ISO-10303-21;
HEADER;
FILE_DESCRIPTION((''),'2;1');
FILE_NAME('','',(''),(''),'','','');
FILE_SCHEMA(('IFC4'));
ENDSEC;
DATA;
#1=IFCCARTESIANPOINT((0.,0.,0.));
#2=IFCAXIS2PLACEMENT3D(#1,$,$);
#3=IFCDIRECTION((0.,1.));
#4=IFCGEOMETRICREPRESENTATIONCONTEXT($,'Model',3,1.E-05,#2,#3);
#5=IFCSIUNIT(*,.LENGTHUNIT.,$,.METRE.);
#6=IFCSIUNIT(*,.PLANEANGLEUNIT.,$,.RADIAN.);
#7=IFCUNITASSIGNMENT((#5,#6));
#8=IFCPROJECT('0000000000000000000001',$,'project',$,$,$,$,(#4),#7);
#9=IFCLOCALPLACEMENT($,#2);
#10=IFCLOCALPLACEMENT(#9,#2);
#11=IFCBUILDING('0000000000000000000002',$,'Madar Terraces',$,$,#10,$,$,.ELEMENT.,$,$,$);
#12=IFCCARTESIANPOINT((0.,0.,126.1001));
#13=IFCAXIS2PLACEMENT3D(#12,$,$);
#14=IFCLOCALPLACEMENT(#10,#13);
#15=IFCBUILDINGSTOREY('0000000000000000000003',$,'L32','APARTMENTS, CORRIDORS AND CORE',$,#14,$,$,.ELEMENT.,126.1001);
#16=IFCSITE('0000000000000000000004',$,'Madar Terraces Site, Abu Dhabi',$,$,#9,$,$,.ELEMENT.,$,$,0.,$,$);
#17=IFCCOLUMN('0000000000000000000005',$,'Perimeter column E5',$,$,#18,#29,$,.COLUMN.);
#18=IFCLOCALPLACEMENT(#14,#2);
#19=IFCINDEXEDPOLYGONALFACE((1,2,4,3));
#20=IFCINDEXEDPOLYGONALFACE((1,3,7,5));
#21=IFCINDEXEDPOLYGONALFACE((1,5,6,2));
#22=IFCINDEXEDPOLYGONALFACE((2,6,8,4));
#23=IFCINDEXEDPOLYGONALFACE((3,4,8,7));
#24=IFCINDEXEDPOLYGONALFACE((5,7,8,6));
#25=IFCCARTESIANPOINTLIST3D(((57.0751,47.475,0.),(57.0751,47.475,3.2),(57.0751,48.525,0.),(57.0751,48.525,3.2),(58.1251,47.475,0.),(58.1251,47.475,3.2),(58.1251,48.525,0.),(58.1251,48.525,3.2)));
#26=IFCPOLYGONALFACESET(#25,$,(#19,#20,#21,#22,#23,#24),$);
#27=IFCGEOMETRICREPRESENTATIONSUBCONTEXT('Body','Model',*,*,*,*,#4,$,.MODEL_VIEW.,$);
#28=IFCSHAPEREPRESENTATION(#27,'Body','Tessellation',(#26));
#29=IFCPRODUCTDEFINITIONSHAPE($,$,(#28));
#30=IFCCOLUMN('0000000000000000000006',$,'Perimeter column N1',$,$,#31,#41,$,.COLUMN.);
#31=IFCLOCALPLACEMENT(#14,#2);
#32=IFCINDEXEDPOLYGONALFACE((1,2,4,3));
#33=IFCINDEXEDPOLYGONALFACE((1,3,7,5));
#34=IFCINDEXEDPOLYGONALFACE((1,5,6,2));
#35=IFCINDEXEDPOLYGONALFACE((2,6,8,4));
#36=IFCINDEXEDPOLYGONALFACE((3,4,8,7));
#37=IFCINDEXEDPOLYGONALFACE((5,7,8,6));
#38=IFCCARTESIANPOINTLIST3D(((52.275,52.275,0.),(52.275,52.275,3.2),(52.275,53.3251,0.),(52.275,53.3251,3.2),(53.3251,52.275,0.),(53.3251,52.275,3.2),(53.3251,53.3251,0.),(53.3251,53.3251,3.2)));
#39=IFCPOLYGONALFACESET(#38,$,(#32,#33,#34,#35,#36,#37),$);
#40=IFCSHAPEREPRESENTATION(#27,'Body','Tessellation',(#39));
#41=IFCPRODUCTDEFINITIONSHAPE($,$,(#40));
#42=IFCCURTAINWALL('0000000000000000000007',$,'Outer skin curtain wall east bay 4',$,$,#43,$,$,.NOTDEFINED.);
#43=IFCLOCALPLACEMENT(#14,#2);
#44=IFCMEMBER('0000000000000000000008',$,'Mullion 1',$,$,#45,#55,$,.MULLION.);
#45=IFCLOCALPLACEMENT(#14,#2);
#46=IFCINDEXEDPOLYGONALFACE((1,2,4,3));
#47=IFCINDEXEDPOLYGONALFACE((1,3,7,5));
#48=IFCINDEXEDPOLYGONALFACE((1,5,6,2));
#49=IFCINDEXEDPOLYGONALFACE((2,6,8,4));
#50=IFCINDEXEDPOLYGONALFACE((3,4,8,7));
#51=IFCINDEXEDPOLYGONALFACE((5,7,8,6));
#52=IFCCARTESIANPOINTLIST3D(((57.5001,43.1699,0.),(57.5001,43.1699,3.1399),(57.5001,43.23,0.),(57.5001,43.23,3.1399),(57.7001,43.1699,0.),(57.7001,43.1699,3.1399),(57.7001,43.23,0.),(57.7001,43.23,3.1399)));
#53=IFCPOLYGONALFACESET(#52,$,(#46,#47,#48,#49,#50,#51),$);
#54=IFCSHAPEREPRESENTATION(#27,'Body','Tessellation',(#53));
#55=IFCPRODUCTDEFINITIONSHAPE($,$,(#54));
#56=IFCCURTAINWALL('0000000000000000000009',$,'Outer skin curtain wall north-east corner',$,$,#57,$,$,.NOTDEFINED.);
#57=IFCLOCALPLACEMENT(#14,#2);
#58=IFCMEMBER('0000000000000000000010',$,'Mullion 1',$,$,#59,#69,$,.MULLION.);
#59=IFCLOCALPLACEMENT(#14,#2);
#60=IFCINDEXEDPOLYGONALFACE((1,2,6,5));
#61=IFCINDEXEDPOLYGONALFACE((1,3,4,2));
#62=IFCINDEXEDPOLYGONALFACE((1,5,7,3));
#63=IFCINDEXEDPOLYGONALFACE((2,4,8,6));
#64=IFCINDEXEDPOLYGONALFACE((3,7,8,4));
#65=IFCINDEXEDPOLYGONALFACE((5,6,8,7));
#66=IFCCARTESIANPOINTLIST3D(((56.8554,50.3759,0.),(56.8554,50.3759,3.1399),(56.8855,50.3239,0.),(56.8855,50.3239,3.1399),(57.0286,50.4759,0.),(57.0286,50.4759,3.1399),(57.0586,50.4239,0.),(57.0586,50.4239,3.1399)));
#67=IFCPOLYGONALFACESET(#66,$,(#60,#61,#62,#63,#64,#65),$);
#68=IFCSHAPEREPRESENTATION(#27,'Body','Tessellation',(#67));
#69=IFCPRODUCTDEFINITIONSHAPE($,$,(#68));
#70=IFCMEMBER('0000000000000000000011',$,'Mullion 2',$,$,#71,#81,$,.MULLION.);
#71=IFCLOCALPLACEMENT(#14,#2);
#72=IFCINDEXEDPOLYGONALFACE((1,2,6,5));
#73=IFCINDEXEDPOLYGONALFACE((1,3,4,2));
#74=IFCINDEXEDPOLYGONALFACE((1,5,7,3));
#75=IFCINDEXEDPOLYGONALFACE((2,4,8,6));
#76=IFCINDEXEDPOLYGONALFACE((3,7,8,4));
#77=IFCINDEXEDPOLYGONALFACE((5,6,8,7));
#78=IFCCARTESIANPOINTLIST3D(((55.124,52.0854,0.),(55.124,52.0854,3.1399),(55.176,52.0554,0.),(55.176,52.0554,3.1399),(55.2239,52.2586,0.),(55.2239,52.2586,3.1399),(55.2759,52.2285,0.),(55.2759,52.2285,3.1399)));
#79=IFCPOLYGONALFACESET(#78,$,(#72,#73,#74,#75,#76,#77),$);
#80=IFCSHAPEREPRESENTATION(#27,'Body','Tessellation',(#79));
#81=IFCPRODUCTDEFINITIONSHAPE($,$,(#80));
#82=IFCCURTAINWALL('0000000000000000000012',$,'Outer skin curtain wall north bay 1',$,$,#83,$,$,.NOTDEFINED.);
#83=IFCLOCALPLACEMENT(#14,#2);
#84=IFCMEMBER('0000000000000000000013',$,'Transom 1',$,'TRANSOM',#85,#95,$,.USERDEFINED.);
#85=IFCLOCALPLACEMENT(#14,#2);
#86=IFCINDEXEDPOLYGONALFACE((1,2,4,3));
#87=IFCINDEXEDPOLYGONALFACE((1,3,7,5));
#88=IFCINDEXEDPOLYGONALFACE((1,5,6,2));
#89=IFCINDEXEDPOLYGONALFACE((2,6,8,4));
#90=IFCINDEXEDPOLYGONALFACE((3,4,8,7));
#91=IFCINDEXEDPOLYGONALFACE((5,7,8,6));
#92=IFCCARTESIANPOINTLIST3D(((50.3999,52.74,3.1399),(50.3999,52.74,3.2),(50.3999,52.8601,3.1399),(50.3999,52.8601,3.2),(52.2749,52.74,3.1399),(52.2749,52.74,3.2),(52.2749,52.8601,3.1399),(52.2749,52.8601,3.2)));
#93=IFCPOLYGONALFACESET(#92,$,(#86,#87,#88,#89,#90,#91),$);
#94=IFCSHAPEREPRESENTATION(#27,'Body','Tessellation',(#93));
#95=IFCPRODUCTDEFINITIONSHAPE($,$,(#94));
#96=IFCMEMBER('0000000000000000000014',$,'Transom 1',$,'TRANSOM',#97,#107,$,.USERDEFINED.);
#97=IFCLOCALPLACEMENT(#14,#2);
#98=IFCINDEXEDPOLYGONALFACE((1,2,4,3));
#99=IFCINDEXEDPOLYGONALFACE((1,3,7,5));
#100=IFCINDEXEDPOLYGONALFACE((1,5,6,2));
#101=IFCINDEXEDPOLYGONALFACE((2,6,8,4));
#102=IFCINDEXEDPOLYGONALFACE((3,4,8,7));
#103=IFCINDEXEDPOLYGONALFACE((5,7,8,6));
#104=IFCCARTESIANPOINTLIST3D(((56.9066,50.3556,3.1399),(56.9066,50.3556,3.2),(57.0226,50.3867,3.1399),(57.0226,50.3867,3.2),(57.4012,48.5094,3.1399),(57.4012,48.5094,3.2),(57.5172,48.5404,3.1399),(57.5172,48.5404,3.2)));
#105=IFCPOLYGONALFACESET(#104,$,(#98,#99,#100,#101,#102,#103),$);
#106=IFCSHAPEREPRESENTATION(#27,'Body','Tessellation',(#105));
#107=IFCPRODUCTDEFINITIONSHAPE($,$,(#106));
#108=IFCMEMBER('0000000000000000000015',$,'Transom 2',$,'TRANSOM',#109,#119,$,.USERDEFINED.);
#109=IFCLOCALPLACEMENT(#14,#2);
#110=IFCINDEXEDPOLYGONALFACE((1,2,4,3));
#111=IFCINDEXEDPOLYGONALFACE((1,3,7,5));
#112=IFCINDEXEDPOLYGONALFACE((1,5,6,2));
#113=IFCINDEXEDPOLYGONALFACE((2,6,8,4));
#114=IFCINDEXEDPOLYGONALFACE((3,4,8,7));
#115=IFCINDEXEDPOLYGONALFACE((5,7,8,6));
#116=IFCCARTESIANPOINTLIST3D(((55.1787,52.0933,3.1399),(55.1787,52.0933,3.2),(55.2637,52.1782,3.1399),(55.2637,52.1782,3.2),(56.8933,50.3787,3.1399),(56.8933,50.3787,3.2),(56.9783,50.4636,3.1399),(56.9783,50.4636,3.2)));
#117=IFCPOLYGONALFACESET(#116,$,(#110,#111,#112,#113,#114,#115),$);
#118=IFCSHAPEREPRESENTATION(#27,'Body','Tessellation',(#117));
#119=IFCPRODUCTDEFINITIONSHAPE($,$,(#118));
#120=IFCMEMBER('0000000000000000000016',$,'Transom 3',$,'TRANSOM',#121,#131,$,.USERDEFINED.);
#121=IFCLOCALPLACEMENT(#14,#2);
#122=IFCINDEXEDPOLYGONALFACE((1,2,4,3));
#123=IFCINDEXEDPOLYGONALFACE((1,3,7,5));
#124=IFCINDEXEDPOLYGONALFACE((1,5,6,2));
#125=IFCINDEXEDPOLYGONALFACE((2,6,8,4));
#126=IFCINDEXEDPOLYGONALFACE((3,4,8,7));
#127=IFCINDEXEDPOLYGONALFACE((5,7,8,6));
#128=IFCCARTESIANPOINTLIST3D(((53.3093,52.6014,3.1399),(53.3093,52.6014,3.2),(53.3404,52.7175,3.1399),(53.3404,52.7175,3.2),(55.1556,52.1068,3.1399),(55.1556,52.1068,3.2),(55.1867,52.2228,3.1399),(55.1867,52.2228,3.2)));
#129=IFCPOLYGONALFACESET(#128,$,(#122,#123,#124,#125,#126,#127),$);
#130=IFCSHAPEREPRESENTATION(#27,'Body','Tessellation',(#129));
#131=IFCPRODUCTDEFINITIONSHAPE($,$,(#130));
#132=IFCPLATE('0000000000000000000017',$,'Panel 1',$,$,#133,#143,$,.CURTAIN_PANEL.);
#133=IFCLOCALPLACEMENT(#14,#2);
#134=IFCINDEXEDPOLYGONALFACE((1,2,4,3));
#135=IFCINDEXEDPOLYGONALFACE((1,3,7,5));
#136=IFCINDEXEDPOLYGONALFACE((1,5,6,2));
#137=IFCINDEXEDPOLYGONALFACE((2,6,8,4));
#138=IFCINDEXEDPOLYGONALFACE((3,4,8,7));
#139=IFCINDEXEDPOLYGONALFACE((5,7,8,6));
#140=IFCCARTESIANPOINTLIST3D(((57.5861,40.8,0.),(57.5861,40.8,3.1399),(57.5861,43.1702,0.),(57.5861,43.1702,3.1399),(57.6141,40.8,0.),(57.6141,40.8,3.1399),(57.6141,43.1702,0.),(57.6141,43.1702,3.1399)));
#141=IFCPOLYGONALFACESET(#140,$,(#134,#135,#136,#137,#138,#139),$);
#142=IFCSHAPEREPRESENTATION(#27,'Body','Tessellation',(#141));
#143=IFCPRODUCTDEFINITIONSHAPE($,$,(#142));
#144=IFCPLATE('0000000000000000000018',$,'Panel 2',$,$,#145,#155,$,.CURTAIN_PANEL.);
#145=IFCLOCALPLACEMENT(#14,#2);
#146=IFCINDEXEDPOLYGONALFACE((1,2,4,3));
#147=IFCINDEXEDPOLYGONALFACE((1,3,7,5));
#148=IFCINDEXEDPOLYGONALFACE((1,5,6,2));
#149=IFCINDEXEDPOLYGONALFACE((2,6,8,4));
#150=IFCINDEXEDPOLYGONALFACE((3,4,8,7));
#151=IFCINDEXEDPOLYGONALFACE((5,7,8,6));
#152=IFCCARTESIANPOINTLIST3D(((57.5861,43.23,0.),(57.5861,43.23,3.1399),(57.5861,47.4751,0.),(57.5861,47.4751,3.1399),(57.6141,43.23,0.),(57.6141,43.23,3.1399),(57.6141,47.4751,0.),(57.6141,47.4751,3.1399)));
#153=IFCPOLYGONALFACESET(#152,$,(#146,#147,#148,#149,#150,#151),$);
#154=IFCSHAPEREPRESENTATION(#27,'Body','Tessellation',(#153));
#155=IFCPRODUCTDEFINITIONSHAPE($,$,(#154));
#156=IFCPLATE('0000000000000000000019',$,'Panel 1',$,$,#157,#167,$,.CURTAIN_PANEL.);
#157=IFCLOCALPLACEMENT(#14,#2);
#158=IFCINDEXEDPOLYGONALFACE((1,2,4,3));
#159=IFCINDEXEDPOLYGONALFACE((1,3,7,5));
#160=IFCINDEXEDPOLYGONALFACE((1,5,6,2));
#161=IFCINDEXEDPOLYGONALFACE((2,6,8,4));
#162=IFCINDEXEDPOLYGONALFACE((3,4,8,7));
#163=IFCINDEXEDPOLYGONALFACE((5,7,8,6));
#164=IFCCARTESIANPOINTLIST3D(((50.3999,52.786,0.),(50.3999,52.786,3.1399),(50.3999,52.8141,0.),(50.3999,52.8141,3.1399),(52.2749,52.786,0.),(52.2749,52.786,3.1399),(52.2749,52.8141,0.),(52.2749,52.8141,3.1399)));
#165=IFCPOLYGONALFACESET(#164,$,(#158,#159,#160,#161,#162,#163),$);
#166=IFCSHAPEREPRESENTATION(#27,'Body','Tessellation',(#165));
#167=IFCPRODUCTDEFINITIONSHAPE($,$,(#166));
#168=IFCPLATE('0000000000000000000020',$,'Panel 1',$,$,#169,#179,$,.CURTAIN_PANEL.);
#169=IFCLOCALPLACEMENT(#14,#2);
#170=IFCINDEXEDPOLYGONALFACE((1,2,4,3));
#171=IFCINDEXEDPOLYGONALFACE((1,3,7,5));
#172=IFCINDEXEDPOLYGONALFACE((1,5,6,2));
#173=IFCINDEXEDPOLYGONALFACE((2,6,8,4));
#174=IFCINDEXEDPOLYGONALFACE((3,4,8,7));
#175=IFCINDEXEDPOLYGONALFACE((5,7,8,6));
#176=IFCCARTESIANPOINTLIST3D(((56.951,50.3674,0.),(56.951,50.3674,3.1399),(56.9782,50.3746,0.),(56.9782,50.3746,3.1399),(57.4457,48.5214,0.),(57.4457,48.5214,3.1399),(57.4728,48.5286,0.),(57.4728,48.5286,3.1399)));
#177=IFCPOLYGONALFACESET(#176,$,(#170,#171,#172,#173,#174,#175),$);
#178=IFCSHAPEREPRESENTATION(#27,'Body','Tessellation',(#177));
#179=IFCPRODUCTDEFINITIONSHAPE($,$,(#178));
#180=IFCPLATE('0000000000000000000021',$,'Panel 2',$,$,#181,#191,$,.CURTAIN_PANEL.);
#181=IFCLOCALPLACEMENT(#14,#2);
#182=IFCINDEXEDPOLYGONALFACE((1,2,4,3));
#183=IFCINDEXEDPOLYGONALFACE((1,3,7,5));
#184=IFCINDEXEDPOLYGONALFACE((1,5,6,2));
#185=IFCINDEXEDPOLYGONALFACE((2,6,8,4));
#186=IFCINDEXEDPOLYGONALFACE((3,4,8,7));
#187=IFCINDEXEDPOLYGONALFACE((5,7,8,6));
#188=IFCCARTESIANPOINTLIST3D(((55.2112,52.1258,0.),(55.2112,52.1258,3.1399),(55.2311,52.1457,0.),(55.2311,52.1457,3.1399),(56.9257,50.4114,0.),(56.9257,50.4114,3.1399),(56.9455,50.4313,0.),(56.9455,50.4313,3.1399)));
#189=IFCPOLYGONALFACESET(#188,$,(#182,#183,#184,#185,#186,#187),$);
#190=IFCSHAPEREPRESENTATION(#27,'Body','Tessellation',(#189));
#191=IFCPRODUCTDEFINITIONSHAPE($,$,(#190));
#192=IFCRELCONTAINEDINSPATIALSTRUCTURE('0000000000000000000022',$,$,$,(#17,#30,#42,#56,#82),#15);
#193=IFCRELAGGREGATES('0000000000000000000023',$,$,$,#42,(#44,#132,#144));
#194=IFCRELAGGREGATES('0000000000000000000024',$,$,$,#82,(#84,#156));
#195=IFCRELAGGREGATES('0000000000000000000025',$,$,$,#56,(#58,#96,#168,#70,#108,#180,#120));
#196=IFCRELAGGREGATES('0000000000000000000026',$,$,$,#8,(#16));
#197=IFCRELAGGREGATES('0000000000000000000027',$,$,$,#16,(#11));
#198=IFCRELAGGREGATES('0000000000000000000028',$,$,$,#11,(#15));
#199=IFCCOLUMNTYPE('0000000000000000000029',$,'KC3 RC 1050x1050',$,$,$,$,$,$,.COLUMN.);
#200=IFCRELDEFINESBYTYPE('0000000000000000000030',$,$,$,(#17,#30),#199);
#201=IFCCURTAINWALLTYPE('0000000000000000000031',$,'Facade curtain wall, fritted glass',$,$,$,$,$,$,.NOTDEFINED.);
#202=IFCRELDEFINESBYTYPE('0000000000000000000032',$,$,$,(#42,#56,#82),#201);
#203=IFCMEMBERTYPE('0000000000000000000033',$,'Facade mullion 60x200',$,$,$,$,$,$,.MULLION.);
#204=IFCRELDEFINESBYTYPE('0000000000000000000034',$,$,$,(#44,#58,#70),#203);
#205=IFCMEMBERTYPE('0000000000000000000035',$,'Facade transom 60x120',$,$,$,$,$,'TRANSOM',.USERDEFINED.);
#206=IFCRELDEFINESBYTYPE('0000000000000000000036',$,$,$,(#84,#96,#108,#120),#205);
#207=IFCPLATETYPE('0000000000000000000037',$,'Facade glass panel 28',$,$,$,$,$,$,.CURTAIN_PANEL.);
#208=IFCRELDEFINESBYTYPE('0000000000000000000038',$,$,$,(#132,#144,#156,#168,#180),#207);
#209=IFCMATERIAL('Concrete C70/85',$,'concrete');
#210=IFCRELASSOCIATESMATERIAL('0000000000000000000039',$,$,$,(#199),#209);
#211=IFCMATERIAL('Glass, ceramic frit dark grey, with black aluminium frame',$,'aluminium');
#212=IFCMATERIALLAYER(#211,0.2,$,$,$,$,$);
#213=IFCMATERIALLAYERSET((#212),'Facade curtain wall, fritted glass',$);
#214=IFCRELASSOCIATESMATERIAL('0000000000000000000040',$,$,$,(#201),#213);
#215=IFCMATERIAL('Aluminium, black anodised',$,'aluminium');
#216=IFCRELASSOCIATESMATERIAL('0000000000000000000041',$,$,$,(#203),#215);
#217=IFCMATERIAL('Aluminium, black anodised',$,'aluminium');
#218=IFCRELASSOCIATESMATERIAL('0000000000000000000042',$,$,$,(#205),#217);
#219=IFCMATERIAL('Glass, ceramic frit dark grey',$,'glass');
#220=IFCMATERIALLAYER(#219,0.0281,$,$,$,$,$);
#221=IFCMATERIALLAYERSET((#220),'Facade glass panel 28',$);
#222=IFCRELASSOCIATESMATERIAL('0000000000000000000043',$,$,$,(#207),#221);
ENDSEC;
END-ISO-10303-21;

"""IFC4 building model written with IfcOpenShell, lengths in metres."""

from ifc_helpers import new_model, si_unit, direction, frame, origin, origin_2d, place, context, subcontext, project, spatial, rectangle, extrude, material, layer, layer_set, material_profile, profile_set, type_object, element, aggregate, save


model = new_model("IFC4")

# Units and contexts
model_context = context("Model", 3, precision=1e-05, world=origin(), true_north=direction((0.0, 1.0)))
body_context = subcontext(model_context, "Body", "Model", "MODEL_VIEW")
ifc_project = project(units=[si_unit("LENGTHUNIT", "METRE"), si_unit("PLANEANGLEUNIT", "RADIAN")], contexts=[model_context])

# Site, building, storey
site_placement = place(None, origin())
site = spatial("IfcSite", under=ifc_project, at=site_placement, Name="Madar Terraces Site, Abu Dhabi", CompositionType="ELEMENT", RefElevation=0.0)
building_placement = place(site_placement, origin())
building = spatial("IfcBuilding", under=site, at=building_placement, Name="Madar Terraces", CompositionType="ELEMENT")
storey_placement = place(building_placement, frame((0.0, 0.0, 126.1001)))
storey = spatial("IfcBuildingStorey", under=building, at=storey_placement, Name="L32", Description="APARTMENTS, CORRIDORS AND CORE", CompositionType="ELEMENT", Elevation=126.1001)

# Columns
ifc_material_1 = material(Name="Concrete C70/85", Category="concrete")
ifc_material_profile_1 = material_profile(ifc_material_1, rectangle(XDim=1.05, YDim=1.05, at=origin_2d()), Name="KC3 RC 1050x1050")
ifc_profile_set_1 = profile_set([ifc_material_profile_1], Name="Concrete C70/85")
column_type = type_object("IfcColumnType", Name="KC3 RC 1050x1050", PredefinedType="COLUMN", material=ifc_profile_set_1)
for number, where, z_axis, x_axis, name in (
    (1, (57.6001, 48.0, 0.0), (0.0, 0.0, 1.0), (1.0, 0.0, 0.0), "Perimeter column E5"),
    (2, (52.8, 52.8, 0.0), (0.0, 0.0, 1.0), (1.0, 0.0, 0.0), "Perimeter column N1"),
):
    element("IfcColumn", number, at=place(storey_placement, frame(where, z_axis=z_axis, x_axis=x_axis)), inside=storey, type_object=column_type, Name=name, PredefinedType="COLUMN", context=body_context, shape_type="SweptSolid", body=[
        extrude(rectangle(XDim=1.05, YDim=1.05, at=origin_2d()), origin(), (0.0, 0.0, 1.0), 3.2),
    ])

# Curtain wall, member
ifc_material_2 = material(Name="Glass, ceramic frit dark grey, with black aluminium frame", Category="aluminium")
ifc_layer_1 = layer(ifc_material_2, 0.2)
ifc_layer_set_1 = layer_set([ifc_layer_1], Name="Facade curtain wall, fritted glass")
curtain_wall_type = type_object("IfcCurtainWallType", Name="Facade curtain wall, fritted glass", PredefinedType="NOTDEFINED", material=ifc_layer_set_1)
curtain_wall_1_placement = place(storey_placement, origin())
curtain_wall_1 = element("IfcCurtainWall", 3, at=curtain_wall_1_placement, inside=storey, type_object=curtain_wall_type, Name="Outer skin curtain wall east bay 4", PredefinedType="NOTDEFINED")
ifc_material_3 = material(Name="Aluminium, black anodised", Category="aluminium")
ifc_material_profile_2 = material_profile(ifc_material_3, rectangle(XDim=0.2, YDim=0.0601, at=origin_2d()), Name="Facade mullion 60x200")
ifc_profile_set_2 = profile_set([ifc_material_profile_2], Name="Aluminium, black anodised")
member_type_1 = type_object("IfcMemberType", Name="Facade mullion 60x200", PredefinedType="MULLION", material=ifc_profile_set_2)
member_1_placement = place(storey_placement, frame((57.6001, 43.2, 0.0), z_axis=(0.0, 0.0, 1.0), x_axis=(-1.0, 0.0, 0.0)))
member_1 = element("IfcMember", 4, at=member_1_placement, type_object=member_type_1, Name="Mullion 1", PredefinedType="MULLION", context=body_context, shape_type="SweptSolid", body=[
    extrude(rectangle(XDim=0.2, YDim=0.0601, at=origin_2d()), origin(), (0.0, 0.0, 1.0), 3.1399),
])

# Curtain wall, members
curtain_wall_2_placement = place(storey_placement, origin())
curtain_wall_2 = element("IfcCurtainWall", 5, at=curtain_wall_2_placement, inside=storey, type_object=curtain_wall_type, Name="Outer skin curtain wall north-east corner", PredefinedType="NOTDEFINED")
member_2_placement = place(storey_placement, frame((56.957, 50.3999, 0.0), z_axis=(0.0, 0.0, 1.0), x_axis=(-0.866025, -0.5, 0.0)))
member_2 = element("IfcMember", 6, at=member_2_placement, type_object=member_type_1, Name="Mullion 1", PredefinedType="MULLION", context=body_context, shape_type="SweptSolid", body=[
    extrude(rectangle(XDim=0.2, YDim=0.0601, at=origin_2d()), origin(), (0.0, 0.0, 1.0), 3.1399),
])
member_3_placement = place(storey_placement, frame((55.2, 52.157, 0.0), z_axis=(0.0, 0.0, 1.0), x_axis=(-0.5, -0.866025, 0.0)))
member_3 = element("IfcMember", 7, at=member_3_placement, type_object=member_type_1, Name="Mullion 2", PredefinedType="MULLION", context=body_context, shape_type="SweptSolid", body=[
    extrude(rectangle(XDim=0.2, YDim=0.0601, at=origin_2d()), origin(), (0.0, 0.0, 1.0), 3.1399),
])

# Curtain wall, member
curtain_wall_3_placement = place(storey_placement, origin())
curtain_wall_3 = element("IfcCurtainWall", 8, at=curtain_wall_3_placement, inside=storey, type_object=curtain_wall_type, Name="Outer skin curtain wall north bay 1", PredefinedType="NOTDEFINED")
ifc_material_4 = material(Name="Aluminium, black anodised", Category="aluminium")
ifc_material_profile_3 = material_profile(ifc_material_4, rectangle(XDim=0.1201, YDim=0.0601, at=origin_2d()), Name="Facade transom 60x120")
ifc_profile_set_3 = profile_set([ifc_material_profile_3], Name="Aluminium, black anodised")
member_type_2 = type_object("IfcMemberType", Name="Facade transom 60x120", ElementType="TRANSOM", PredefinedType="USERDEFINED", material=ifc_profile_set_3)
member_4_placement = place(storey_placement, frame((52.2749, 52.8, 3.1699), z_axis=(-1.0, 0.0, 0.0), x_axis=(0.0, -1.0, 0.0)))
member_4 = element("IfcMember", 9, at=member_4_placement, type_object=member_type_2, Name="Transom 1", ObjectType="TRANSOM", PredefinedType="USERDEFINED", context=body_context, shape_type="SweptSolid", body=[
    extrude(rectangle(XDim=0.1201, YDim=0.0601, at=origin_2d()), origin(), (0.0, 0.0, 1.0), 1.875),
])

# Members
member_5_placement = place(storey_placement, frame((57.4592, 48.5249, 3.1699), z_axis=(-0.258791, 0.965933, 0.0), x_axis=(-0.965933, -0.258791, 0.0)))
member_5 = element("IfcMember", 10, at=member_5_placement, type_object=member_type_2, Name="Transom 1", ObjectType="TRANSOM", PredefinedType="USERDEFINED", context=body_context, shape_type="SweptSolid", body=[
    extrude(rectangle(XDim=0.1201, YDim=0.0601, at=origin_2d()), origin(), (0.0, 0.0, 1.0), 1.9114),
])
member_6_placement = place(storey_placement, frame((56.9358, 50.4211, 3.1699), z_axis=(-0.707107, 0.707107, 0.0), x_axis=(-0.707107, -0.707107, 0.0)))
member_6 = element("IfcMember", 11, at=member_6_placement, type_object=member_type_2, Name="Transom 2", ObjectType="TRANSOM", PredefinedType="USERDEFINED", context=body_context, shape_type="SweptSolid", body=[
    extrude(rectangle(XDim=0.1201, YDim=0.0601, at=origin_2d()), origin(), (0.0, 0.0, 1.0), 2.4248),
])
member_7_placement = place(storey_placement, frame((55.1711, 52.1648, 3.1699), z_axis=(-0.965933, 0.258791, 0.0), x_axis=(-0.258791, -0.965933, 0.0)))
member_7 = element("IfcMember", 12, at=member_7_placement, type_object=member_type_2, Name="Transom 3", ObjectType="TRANSOM", PredefinedType="USERDEFINED", context=body_context, shape_type="SweptSolid", body=[
    extrude(rectangle(XDim=0.1201, YDim=0.0601, at=origin_2d()), origin(), (0.0, 0.0, 1.0), 1.9114),
])

# Plates
ifc_material_5 = material(Name="Glass, ceramic frit dark grey", Category="glass")
ifc_layer_2 = layer(ifc_material_5, 0.0281)
ifc_layer_set_2 = layer_set([ifc_layer_2], Name="Facade glass panel 28")
plate_type = type_object("IfcPlateType", Name="Facade glass panel 28", PredefinedType="CURTAIN_PANEL", material=ifc_layer_set_2)
plate_1_placement = place(storey_placement, frame((57.6001, 41.9851, 0.0), z_axis=(0.0, 0.0, 1.0), x_axis=(0.0, 1.0, 0.0)))
plate_1 = element("IfcPlate", 13, at=plate_1_placement, type_object=plate_type, Name="Panel 1", PredefinedType="CURTAIN_PANEL", context=body_context, shape_type="SweptSolid", body=[
    extrude(rectangle(XDim=2.3701, YDim=0.0281, at=origin_2d()), origin(), (0.0, 0.0, 1.0), 3.1399),
])
plate_2_placement = place(storey_placement, frame((57.6001, 45.3525, 0.0), z_axis=(0.0, 0.0, 1.0), x_axis=(0.0, 1.0, 0.0)))
plate_2 = element("IfcPlate", 14, at=plate_2_placement, type_object=plate_type, Name="Panel 2", PredefinedType="CURTAIN_PANEL", context=body_context, shape_type="SweptSolid", body=[
    extrude(rectangle(XDim=4.2451, YDim=0.0281, at=origin_2d()), origin(), (0.0, 0.0, 1.0), 3.1399),
])
aggregate(curtain_wall_1, [member_1, plate_1, plate_2])
plate_3_placement = place(storey_placement, frame((51.3374, 52.8, 0.0), z_axis=(0.0, 0.0, 1.0), x_axis=(-1.0, 0.0, 0.0)))
plate_3 = element("IfcPlate", 15, at=plate_3_placement, type_object=plate_type, Name="Panel 1", PredefinedType="CURTAIN_PANEL", context=body_context, shape_type="SweptSolid", body=[
    extrude(rectangle(XDim=1.875, YDim=0.0281, at=origin_2d()), origin(), (0.0, 0.0, 1.0), 3.1399),
])
aggregate(curtain_wall_3, [member_4, plate_3])
plate_4_placement = place(storey_placement, frame((57.2119, 49.448, 0.0), z_axis=(0.0, 0.0, 1.0), x_axis=(-0.258819, 0.965926, 0.0)))
plate_4 = element("IfcPlate", 16, at=plate_4_placement, type_object=plate_type, Name="Panel 1", PredefinedType="CURTAIN_PANEL", context=body_context, shape_type="SweptSolid", body=[
    extrude(rectangle(XDim=1.9111, YDim=0.0281, at=origin_2d()), origin(), (0.0, 0.0, 1.0), 3.1399),
])
plate_5_placement = place(storey_placement, frame((56.0784, 51.2786, 0.0), z_axis=(0.0, 0.0, 1.0), x_axis=(-0.707107, 0.707107, 0.0)))
plate_5 = element("IfcPlate", 17, at=plate_5_placement, type_object=plate_type, Name="Panel 2", PredefinedType="CURTAIN_PANEL", context=body_context, shape_type="SweptSolid", body=[
    extrude(rectangle(XDim=2.4246, YDim=0.0281, at=origin_2d()), origin(), (0.0, 0.0, 1.0), 3.1399),
])
aggregate(curtain_wall_2, [member_2, member_5, plate_4, member_3, member_6, plate_5, member_7])

save(model, "model.ifc")
